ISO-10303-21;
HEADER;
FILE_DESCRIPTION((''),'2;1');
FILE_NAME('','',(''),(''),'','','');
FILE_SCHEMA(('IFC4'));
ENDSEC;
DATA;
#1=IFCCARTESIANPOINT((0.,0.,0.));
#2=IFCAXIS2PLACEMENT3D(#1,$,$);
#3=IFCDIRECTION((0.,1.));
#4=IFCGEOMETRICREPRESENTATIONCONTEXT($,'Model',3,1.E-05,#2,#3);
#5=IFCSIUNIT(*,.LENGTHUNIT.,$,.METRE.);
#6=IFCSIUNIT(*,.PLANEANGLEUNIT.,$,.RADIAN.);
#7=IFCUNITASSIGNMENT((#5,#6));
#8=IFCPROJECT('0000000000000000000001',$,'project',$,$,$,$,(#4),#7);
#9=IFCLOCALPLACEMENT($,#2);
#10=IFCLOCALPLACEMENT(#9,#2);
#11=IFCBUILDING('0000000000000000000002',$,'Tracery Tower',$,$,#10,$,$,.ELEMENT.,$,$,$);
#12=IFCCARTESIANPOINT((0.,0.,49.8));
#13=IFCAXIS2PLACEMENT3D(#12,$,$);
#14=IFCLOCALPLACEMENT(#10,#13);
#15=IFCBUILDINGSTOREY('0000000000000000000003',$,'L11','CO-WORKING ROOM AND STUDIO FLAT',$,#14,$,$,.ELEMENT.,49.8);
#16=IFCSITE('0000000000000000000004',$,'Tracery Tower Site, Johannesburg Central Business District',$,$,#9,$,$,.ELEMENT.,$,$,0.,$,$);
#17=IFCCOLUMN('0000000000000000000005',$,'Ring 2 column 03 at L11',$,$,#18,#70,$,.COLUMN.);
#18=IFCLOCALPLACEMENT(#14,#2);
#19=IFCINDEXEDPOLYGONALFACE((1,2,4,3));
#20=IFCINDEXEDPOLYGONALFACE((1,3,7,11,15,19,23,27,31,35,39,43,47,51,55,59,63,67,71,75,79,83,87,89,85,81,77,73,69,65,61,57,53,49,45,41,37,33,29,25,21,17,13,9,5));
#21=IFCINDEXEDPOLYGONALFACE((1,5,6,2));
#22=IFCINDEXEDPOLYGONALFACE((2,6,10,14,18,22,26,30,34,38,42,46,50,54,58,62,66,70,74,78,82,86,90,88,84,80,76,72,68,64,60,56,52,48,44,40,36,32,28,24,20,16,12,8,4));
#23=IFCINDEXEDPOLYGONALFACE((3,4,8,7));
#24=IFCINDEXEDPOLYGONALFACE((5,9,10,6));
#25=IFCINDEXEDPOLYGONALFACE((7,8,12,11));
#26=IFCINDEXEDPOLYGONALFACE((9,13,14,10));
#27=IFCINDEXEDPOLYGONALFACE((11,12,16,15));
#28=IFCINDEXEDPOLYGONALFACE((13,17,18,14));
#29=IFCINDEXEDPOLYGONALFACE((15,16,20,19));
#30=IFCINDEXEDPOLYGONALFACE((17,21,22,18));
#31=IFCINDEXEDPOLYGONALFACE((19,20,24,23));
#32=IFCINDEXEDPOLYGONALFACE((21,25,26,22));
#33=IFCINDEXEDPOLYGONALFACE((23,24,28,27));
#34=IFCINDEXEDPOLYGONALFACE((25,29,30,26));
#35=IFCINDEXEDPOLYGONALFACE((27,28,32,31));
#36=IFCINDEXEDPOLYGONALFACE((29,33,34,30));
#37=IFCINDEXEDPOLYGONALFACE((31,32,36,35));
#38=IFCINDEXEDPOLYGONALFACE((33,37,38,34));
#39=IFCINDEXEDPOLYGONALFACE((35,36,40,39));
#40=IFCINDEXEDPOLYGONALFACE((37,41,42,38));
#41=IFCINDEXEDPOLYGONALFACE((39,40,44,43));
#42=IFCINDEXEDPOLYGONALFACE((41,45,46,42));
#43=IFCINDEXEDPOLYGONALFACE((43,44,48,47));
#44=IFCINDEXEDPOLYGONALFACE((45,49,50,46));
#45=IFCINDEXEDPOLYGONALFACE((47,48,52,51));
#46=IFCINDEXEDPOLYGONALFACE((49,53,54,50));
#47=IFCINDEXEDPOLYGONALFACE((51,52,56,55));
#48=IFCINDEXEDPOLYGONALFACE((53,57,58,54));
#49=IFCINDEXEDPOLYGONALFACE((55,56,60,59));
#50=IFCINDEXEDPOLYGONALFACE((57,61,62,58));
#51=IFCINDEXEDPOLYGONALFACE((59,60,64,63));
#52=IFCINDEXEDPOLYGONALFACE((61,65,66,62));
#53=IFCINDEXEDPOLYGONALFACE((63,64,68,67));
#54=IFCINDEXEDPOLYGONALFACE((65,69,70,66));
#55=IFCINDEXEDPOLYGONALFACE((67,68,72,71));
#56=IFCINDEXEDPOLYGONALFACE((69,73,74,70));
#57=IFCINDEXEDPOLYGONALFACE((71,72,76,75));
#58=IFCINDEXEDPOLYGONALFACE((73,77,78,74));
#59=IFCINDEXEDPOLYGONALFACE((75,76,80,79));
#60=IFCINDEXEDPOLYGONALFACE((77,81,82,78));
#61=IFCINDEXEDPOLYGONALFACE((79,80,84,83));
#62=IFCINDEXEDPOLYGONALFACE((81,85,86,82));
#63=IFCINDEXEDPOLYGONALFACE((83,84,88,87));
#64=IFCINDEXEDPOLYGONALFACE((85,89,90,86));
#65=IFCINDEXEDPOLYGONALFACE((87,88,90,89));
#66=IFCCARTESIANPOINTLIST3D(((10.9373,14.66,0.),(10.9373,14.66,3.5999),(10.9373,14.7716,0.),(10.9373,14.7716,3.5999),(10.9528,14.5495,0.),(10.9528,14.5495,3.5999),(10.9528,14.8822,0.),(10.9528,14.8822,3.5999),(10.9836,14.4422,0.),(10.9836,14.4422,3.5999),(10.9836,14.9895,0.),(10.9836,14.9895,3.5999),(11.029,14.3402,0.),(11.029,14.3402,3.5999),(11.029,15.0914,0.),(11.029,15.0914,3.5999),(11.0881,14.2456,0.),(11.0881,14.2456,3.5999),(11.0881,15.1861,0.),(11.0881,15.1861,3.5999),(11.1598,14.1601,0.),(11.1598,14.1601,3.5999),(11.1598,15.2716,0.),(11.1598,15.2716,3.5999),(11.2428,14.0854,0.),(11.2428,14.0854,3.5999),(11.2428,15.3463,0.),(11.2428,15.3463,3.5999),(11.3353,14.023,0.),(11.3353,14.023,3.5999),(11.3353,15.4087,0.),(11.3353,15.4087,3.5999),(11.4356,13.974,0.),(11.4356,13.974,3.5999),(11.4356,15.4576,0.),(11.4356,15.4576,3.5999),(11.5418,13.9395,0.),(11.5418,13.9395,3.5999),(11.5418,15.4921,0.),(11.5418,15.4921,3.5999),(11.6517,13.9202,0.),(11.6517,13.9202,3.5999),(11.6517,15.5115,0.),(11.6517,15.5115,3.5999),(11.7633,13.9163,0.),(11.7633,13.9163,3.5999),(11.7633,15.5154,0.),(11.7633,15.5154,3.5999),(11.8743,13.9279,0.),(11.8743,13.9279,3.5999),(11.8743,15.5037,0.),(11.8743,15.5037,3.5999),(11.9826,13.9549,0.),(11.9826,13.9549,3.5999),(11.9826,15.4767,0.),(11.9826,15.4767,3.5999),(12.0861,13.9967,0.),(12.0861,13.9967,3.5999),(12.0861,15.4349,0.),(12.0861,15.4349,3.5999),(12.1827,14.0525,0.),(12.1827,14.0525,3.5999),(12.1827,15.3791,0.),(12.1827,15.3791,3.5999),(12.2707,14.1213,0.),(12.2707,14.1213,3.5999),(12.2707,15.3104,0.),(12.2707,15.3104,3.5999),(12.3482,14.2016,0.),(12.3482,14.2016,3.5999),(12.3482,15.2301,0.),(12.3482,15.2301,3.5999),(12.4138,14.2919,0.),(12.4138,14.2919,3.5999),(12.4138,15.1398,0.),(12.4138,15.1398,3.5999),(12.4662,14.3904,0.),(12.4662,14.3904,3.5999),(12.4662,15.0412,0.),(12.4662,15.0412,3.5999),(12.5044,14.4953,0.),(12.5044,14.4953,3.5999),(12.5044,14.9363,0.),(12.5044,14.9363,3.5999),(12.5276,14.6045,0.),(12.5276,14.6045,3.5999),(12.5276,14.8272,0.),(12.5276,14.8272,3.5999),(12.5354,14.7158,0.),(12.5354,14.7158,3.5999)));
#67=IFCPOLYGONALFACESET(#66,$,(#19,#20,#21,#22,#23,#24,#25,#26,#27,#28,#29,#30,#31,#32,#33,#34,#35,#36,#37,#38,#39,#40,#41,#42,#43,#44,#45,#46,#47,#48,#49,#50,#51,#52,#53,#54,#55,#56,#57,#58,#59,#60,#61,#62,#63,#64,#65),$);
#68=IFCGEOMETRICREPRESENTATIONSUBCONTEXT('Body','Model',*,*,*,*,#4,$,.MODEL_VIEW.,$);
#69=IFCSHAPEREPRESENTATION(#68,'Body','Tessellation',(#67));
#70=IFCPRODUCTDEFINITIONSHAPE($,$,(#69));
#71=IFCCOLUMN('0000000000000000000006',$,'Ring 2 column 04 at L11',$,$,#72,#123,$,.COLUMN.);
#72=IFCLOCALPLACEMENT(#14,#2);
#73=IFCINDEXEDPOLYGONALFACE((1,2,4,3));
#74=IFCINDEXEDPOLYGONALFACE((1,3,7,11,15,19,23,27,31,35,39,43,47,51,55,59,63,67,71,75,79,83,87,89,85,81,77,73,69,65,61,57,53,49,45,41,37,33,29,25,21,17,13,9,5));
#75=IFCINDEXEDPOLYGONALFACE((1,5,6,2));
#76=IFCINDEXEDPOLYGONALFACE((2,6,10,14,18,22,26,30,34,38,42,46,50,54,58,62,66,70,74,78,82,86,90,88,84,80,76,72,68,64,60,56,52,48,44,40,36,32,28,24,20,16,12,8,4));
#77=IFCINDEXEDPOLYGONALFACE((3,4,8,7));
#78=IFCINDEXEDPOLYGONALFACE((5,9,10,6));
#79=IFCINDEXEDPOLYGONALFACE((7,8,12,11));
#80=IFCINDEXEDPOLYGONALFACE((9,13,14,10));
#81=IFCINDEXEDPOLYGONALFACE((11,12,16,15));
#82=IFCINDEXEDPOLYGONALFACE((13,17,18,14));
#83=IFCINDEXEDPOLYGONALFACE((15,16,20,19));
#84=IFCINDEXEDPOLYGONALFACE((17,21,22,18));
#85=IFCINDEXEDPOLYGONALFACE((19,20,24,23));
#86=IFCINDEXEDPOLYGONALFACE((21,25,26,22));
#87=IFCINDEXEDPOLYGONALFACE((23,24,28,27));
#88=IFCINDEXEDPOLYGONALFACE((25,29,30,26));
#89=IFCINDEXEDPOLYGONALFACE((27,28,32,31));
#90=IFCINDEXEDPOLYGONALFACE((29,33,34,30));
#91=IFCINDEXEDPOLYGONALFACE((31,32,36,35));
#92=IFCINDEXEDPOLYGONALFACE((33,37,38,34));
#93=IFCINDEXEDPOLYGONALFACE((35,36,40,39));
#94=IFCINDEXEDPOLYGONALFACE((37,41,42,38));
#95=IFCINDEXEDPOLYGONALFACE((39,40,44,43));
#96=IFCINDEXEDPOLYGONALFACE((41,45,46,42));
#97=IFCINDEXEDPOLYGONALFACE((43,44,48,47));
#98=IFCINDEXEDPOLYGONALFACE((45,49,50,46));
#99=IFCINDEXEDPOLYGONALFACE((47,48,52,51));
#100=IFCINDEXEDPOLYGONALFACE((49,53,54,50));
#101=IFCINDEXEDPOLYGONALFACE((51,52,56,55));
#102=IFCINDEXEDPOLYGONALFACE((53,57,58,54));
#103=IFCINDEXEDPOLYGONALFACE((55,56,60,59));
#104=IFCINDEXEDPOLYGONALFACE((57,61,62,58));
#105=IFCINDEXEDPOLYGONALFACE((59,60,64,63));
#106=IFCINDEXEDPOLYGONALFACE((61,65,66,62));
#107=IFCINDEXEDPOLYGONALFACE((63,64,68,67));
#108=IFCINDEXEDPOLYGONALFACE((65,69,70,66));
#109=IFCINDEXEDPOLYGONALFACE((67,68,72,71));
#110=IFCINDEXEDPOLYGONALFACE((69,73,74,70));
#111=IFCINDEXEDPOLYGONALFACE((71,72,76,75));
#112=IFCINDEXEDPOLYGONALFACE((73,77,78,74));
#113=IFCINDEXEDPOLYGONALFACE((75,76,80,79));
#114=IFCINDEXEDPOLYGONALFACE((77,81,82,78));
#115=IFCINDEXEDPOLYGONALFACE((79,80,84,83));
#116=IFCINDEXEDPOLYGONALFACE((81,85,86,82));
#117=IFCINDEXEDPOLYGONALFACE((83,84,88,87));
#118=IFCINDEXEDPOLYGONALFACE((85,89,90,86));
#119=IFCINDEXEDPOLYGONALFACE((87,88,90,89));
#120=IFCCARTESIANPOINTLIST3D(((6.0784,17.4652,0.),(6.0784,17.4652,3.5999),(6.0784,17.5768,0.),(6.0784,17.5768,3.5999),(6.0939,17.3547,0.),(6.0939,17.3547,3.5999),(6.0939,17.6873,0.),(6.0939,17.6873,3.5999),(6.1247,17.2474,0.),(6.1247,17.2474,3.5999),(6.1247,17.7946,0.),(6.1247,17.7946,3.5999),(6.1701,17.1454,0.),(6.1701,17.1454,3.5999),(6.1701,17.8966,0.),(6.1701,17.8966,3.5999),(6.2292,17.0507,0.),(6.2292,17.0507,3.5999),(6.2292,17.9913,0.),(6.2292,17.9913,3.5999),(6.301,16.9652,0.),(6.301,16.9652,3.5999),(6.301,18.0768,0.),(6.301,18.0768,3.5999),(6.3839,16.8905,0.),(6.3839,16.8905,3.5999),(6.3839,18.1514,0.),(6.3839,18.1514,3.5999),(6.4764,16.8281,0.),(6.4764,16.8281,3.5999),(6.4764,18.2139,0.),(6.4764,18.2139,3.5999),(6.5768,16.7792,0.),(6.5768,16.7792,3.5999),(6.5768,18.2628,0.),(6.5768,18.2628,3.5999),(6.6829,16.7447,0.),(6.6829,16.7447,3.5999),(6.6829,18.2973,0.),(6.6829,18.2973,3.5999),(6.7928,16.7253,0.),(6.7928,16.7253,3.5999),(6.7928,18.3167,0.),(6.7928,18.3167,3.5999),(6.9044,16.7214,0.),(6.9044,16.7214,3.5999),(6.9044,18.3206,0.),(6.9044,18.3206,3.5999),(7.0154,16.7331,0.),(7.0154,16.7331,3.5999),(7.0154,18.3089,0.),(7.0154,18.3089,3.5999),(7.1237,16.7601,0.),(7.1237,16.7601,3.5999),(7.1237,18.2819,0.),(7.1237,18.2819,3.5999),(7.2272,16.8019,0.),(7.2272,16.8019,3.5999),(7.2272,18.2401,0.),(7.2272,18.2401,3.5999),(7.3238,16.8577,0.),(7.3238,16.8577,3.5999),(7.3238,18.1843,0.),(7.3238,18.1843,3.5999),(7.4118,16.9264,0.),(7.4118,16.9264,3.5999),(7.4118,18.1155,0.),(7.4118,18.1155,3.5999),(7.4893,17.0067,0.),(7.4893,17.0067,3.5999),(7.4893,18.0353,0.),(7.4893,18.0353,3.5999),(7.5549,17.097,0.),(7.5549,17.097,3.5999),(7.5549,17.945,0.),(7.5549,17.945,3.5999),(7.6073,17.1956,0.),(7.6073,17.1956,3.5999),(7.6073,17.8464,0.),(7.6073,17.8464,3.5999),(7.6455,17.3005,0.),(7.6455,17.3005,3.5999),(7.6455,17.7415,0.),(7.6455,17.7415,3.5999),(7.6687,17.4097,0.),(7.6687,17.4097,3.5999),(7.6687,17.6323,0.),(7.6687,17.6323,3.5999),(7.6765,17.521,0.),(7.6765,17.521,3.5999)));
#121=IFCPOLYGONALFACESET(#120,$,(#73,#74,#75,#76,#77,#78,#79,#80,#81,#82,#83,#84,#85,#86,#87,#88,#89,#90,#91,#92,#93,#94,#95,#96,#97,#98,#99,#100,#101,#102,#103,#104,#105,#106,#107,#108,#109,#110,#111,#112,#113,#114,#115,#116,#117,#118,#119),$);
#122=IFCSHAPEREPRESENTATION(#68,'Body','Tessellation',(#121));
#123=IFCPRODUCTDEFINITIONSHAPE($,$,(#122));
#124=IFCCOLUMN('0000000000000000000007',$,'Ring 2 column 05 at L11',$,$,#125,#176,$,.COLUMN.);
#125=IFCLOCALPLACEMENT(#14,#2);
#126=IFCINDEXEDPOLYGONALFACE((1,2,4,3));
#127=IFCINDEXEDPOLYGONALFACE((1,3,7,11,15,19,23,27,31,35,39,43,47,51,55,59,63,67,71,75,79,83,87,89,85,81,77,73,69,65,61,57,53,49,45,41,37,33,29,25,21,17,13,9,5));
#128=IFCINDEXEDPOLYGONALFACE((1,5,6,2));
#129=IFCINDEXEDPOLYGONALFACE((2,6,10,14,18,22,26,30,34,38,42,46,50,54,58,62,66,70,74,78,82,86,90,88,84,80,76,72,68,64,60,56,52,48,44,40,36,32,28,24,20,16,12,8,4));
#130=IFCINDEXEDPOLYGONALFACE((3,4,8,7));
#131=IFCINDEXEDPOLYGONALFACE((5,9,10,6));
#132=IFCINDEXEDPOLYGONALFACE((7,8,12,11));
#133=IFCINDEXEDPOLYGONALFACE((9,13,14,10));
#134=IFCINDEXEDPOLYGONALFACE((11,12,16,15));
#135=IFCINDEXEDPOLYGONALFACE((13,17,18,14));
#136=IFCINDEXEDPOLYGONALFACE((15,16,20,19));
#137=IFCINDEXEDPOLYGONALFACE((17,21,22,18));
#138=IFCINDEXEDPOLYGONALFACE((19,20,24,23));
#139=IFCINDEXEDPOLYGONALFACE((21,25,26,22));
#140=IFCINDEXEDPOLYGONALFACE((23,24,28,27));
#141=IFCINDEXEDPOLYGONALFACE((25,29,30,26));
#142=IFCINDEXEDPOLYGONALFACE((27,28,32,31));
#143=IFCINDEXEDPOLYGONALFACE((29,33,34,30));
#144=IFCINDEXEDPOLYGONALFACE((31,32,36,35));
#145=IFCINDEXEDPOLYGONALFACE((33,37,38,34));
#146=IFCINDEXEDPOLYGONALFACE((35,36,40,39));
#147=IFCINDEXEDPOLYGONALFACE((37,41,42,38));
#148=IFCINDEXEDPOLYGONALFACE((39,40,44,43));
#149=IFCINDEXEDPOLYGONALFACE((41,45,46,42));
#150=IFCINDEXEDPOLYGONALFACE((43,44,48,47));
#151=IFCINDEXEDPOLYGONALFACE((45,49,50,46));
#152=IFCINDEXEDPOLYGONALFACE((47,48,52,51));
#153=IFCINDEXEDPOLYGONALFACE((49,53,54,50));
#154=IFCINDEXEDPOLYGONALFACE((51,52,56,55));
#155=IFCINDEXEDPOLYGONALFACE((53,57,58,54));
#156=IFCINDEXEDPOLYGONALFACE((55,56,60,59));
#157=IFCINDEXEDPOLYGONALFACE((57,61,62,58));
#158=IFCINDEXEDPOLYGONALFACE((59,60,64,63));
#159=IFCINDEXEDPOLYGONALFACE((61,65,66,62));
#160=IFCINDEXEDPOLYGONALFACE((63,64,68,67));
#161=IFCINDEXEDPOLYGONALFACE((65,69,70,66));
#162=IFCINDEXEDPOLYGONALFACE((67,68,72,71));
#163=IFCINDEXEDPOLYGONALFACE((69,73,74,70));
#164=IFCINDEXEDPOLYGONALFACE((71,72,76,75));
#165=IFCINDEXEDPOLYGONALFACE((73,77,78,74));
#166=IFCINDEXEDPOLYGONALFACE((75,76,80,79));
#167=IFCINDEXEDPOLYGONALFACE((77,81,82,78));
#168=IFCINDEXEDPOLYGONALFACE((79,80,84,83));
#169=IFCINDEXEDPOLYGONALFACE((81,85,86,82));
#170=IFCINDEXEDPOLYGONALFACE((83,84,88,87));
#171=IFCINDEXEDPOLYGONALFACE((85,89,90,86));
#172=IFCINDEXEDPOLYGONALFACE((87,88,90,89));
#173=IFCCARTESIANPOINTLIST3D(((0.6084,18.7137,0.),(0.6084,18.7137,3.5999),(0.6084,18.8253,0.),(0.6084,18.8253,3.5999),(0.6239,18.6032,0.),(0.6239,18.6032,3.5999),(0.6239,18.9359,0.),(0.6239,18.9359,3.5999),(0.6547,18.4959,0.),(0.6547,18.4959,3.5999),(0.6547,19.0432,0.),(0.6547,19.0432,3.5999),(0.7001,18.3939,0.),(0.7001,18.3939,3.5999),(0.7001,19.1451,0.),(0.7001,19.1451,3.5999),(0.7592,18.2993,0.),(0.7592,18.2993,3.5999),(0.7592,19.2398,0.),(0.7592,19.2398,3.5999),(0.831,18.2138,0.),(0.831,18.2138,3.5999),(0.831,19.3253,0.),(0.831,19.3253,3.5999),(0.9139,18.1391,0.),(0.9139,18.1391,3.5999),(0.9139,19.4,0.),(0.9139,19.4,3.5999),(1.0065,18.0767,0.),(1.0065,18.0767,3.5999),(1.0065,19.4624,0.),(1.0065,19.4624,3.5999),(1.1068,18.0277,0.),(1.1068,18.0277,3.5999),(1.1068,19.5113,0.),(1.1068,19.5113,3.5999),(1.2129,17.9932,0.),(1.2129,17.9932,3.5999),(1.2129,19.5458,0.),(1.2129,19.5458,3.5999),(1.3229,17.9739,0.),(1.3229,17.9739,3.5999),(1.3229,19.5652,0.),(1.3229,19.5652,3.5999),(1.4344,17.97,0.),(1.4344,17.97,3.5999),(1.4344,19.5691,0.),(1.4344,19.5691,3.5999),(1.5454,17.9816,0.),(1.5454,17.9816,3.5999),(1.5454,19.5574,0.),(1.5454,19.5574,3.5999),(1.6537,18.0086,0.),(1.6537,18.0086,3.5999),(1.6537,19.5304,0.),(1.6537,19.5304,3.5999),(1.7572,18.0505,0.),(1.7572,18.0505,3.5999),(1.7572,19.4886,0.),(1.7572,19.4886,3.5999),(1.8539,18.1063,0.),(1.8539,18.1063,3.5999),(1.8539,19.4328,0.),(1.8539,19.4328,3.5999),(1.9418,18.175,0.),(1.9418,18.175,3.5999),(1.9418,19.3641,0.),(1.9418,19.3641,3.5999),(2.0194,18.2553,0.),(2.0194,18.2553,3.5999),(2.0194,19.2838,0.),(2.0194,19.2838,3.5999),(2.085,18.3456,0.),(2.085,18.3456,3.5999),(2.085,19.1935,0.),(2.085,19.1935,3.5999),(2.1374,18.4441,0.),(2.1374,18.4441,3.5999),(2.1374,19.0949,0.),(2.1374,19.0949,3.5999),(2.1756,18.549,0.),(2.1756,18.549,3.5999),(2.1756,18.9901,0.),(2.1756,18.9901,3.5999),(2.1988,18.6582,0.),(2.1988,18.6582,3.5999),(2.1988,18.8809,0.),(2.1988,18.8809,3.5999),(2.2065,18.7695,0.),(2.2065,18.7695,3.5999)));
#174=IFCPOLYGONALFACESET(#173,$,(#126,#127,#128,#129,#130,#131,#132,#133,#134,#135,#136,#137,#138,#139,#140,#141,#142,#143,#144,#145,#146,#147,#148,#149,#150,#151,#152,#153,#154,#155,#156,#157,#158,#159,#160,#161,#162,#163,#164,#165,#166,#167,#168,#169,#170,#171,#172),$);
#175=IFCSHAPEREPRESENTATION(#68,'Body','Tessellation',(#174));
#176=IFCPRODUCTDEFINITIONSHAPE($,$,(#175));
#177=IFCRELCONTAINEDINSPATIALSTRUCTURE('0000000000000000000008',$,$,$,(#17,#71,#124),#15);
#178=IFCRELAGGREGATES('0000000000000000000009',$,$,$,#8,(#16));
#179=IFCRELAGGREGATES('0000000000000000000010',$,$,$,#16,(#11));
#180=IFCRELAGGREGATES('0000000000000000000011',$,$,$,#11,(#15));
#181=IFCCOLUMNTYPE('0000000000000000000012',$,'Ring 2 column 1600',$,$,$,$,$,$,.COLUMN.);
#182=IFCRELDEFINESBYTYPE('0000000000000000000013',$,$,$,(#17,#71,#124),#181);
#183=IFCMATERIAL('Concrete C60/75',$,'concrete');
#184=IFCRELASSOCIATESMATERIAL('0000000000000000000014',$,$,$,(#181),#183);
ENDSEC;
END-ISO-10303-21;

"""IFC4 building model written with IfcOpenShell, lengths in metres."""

from ifc_helpers import new_model, si_unit, direction, frame, origin, origin_2d, place, context, subcontext, project, spatial, circle, extrude, material, material_profile, profile_set, type_object, element, save


model = new_model("IFC4")

# Units and contexts
model_context = context("Model", 3, precision=1e-05, world=origin(), true_north=direction((0.0, 1.0)))
body_context = subcontext(model_context, "Body", "Model", "MODEL_VIEW")
ifc_project = project(units=[si_unit("LENGTHUNIT", "METRE"), si_unit("PLANEANGLEUNIT", "RADIAN")], contexts=[model_context])

# Site, building, storey
site_placement = place(None, origin())
site = spatial("IfcSite", under=ifc_project, at=site_placement, Name="Tracery Tower Site, Johannesburg Central Business District", CompositionType="ELEMENT", RefElevation=0.0)
building_placement = place(site_placement, origin())
building = spatial("IfcBuilding", under=site, at=building_placement, Name="Tracery Tower", CompositionType="ELEMENT")
storey_placement = place(building_placement, frame((0.0, 0.0, 49.8)))
storey = spatial("IfcBuildingStorey", under=building, at=storey_placement, Name="L11", Description="CO-WORKING ROOM AND STUDIO FLAT", CompositionType="ELEMENT", Elevation=49.8)

# Columns
ifc_material_1 = material(Name="Concrete C60/75", Category="concrete")
ifc_material_profile = material_profile(ifc_material_1, circle(Radius=0.8, at=origin_2d()), Name="RC D1600")
ifc_profile_set = profile_set([ifc_material_profile], Name="Concrete C60/75")
column_type = type_object("IfcColumnType", Name="Ring 2 column 1600", PredefinedType="COLUMN", material=ifc_profile_set)
for number, where, z_axis, x_axis, name in (
    (1, (11.7354, 14.7158, 0.0), (0.0, 0.0, 1.0), (1.0, 0.0, 0.0), "Ring 2 column 03 at L11"),
    (2, (6.8765, 17.521, 0.0), (0.0, 0.0, 1.0), (1.0, 0.0, 0.0), "Ring 2 column 04 at L11"),
    (3, (1.4065, 18.7695, 0.0), (0.0, 0.0, 1.0), (1.0, 0.0, 0.0), "Ring 2 column 05 at L11"),
):
    element("IfcColumn", number, at=place(storey_placement, frame(where, z_axis=z_axis, x_axis=x_axis)), inside=storey, type_object=column_type, Name=name, PredefinedType="COLUMN", context=body_context, shape_type="SweptSolid", body=[
        extrude(circle(Radius=0.8, at=origin_2d()), origin(), (0.0, 0.0, 1.0), 3.5999),
    ])

save(model, "model.ifc")
